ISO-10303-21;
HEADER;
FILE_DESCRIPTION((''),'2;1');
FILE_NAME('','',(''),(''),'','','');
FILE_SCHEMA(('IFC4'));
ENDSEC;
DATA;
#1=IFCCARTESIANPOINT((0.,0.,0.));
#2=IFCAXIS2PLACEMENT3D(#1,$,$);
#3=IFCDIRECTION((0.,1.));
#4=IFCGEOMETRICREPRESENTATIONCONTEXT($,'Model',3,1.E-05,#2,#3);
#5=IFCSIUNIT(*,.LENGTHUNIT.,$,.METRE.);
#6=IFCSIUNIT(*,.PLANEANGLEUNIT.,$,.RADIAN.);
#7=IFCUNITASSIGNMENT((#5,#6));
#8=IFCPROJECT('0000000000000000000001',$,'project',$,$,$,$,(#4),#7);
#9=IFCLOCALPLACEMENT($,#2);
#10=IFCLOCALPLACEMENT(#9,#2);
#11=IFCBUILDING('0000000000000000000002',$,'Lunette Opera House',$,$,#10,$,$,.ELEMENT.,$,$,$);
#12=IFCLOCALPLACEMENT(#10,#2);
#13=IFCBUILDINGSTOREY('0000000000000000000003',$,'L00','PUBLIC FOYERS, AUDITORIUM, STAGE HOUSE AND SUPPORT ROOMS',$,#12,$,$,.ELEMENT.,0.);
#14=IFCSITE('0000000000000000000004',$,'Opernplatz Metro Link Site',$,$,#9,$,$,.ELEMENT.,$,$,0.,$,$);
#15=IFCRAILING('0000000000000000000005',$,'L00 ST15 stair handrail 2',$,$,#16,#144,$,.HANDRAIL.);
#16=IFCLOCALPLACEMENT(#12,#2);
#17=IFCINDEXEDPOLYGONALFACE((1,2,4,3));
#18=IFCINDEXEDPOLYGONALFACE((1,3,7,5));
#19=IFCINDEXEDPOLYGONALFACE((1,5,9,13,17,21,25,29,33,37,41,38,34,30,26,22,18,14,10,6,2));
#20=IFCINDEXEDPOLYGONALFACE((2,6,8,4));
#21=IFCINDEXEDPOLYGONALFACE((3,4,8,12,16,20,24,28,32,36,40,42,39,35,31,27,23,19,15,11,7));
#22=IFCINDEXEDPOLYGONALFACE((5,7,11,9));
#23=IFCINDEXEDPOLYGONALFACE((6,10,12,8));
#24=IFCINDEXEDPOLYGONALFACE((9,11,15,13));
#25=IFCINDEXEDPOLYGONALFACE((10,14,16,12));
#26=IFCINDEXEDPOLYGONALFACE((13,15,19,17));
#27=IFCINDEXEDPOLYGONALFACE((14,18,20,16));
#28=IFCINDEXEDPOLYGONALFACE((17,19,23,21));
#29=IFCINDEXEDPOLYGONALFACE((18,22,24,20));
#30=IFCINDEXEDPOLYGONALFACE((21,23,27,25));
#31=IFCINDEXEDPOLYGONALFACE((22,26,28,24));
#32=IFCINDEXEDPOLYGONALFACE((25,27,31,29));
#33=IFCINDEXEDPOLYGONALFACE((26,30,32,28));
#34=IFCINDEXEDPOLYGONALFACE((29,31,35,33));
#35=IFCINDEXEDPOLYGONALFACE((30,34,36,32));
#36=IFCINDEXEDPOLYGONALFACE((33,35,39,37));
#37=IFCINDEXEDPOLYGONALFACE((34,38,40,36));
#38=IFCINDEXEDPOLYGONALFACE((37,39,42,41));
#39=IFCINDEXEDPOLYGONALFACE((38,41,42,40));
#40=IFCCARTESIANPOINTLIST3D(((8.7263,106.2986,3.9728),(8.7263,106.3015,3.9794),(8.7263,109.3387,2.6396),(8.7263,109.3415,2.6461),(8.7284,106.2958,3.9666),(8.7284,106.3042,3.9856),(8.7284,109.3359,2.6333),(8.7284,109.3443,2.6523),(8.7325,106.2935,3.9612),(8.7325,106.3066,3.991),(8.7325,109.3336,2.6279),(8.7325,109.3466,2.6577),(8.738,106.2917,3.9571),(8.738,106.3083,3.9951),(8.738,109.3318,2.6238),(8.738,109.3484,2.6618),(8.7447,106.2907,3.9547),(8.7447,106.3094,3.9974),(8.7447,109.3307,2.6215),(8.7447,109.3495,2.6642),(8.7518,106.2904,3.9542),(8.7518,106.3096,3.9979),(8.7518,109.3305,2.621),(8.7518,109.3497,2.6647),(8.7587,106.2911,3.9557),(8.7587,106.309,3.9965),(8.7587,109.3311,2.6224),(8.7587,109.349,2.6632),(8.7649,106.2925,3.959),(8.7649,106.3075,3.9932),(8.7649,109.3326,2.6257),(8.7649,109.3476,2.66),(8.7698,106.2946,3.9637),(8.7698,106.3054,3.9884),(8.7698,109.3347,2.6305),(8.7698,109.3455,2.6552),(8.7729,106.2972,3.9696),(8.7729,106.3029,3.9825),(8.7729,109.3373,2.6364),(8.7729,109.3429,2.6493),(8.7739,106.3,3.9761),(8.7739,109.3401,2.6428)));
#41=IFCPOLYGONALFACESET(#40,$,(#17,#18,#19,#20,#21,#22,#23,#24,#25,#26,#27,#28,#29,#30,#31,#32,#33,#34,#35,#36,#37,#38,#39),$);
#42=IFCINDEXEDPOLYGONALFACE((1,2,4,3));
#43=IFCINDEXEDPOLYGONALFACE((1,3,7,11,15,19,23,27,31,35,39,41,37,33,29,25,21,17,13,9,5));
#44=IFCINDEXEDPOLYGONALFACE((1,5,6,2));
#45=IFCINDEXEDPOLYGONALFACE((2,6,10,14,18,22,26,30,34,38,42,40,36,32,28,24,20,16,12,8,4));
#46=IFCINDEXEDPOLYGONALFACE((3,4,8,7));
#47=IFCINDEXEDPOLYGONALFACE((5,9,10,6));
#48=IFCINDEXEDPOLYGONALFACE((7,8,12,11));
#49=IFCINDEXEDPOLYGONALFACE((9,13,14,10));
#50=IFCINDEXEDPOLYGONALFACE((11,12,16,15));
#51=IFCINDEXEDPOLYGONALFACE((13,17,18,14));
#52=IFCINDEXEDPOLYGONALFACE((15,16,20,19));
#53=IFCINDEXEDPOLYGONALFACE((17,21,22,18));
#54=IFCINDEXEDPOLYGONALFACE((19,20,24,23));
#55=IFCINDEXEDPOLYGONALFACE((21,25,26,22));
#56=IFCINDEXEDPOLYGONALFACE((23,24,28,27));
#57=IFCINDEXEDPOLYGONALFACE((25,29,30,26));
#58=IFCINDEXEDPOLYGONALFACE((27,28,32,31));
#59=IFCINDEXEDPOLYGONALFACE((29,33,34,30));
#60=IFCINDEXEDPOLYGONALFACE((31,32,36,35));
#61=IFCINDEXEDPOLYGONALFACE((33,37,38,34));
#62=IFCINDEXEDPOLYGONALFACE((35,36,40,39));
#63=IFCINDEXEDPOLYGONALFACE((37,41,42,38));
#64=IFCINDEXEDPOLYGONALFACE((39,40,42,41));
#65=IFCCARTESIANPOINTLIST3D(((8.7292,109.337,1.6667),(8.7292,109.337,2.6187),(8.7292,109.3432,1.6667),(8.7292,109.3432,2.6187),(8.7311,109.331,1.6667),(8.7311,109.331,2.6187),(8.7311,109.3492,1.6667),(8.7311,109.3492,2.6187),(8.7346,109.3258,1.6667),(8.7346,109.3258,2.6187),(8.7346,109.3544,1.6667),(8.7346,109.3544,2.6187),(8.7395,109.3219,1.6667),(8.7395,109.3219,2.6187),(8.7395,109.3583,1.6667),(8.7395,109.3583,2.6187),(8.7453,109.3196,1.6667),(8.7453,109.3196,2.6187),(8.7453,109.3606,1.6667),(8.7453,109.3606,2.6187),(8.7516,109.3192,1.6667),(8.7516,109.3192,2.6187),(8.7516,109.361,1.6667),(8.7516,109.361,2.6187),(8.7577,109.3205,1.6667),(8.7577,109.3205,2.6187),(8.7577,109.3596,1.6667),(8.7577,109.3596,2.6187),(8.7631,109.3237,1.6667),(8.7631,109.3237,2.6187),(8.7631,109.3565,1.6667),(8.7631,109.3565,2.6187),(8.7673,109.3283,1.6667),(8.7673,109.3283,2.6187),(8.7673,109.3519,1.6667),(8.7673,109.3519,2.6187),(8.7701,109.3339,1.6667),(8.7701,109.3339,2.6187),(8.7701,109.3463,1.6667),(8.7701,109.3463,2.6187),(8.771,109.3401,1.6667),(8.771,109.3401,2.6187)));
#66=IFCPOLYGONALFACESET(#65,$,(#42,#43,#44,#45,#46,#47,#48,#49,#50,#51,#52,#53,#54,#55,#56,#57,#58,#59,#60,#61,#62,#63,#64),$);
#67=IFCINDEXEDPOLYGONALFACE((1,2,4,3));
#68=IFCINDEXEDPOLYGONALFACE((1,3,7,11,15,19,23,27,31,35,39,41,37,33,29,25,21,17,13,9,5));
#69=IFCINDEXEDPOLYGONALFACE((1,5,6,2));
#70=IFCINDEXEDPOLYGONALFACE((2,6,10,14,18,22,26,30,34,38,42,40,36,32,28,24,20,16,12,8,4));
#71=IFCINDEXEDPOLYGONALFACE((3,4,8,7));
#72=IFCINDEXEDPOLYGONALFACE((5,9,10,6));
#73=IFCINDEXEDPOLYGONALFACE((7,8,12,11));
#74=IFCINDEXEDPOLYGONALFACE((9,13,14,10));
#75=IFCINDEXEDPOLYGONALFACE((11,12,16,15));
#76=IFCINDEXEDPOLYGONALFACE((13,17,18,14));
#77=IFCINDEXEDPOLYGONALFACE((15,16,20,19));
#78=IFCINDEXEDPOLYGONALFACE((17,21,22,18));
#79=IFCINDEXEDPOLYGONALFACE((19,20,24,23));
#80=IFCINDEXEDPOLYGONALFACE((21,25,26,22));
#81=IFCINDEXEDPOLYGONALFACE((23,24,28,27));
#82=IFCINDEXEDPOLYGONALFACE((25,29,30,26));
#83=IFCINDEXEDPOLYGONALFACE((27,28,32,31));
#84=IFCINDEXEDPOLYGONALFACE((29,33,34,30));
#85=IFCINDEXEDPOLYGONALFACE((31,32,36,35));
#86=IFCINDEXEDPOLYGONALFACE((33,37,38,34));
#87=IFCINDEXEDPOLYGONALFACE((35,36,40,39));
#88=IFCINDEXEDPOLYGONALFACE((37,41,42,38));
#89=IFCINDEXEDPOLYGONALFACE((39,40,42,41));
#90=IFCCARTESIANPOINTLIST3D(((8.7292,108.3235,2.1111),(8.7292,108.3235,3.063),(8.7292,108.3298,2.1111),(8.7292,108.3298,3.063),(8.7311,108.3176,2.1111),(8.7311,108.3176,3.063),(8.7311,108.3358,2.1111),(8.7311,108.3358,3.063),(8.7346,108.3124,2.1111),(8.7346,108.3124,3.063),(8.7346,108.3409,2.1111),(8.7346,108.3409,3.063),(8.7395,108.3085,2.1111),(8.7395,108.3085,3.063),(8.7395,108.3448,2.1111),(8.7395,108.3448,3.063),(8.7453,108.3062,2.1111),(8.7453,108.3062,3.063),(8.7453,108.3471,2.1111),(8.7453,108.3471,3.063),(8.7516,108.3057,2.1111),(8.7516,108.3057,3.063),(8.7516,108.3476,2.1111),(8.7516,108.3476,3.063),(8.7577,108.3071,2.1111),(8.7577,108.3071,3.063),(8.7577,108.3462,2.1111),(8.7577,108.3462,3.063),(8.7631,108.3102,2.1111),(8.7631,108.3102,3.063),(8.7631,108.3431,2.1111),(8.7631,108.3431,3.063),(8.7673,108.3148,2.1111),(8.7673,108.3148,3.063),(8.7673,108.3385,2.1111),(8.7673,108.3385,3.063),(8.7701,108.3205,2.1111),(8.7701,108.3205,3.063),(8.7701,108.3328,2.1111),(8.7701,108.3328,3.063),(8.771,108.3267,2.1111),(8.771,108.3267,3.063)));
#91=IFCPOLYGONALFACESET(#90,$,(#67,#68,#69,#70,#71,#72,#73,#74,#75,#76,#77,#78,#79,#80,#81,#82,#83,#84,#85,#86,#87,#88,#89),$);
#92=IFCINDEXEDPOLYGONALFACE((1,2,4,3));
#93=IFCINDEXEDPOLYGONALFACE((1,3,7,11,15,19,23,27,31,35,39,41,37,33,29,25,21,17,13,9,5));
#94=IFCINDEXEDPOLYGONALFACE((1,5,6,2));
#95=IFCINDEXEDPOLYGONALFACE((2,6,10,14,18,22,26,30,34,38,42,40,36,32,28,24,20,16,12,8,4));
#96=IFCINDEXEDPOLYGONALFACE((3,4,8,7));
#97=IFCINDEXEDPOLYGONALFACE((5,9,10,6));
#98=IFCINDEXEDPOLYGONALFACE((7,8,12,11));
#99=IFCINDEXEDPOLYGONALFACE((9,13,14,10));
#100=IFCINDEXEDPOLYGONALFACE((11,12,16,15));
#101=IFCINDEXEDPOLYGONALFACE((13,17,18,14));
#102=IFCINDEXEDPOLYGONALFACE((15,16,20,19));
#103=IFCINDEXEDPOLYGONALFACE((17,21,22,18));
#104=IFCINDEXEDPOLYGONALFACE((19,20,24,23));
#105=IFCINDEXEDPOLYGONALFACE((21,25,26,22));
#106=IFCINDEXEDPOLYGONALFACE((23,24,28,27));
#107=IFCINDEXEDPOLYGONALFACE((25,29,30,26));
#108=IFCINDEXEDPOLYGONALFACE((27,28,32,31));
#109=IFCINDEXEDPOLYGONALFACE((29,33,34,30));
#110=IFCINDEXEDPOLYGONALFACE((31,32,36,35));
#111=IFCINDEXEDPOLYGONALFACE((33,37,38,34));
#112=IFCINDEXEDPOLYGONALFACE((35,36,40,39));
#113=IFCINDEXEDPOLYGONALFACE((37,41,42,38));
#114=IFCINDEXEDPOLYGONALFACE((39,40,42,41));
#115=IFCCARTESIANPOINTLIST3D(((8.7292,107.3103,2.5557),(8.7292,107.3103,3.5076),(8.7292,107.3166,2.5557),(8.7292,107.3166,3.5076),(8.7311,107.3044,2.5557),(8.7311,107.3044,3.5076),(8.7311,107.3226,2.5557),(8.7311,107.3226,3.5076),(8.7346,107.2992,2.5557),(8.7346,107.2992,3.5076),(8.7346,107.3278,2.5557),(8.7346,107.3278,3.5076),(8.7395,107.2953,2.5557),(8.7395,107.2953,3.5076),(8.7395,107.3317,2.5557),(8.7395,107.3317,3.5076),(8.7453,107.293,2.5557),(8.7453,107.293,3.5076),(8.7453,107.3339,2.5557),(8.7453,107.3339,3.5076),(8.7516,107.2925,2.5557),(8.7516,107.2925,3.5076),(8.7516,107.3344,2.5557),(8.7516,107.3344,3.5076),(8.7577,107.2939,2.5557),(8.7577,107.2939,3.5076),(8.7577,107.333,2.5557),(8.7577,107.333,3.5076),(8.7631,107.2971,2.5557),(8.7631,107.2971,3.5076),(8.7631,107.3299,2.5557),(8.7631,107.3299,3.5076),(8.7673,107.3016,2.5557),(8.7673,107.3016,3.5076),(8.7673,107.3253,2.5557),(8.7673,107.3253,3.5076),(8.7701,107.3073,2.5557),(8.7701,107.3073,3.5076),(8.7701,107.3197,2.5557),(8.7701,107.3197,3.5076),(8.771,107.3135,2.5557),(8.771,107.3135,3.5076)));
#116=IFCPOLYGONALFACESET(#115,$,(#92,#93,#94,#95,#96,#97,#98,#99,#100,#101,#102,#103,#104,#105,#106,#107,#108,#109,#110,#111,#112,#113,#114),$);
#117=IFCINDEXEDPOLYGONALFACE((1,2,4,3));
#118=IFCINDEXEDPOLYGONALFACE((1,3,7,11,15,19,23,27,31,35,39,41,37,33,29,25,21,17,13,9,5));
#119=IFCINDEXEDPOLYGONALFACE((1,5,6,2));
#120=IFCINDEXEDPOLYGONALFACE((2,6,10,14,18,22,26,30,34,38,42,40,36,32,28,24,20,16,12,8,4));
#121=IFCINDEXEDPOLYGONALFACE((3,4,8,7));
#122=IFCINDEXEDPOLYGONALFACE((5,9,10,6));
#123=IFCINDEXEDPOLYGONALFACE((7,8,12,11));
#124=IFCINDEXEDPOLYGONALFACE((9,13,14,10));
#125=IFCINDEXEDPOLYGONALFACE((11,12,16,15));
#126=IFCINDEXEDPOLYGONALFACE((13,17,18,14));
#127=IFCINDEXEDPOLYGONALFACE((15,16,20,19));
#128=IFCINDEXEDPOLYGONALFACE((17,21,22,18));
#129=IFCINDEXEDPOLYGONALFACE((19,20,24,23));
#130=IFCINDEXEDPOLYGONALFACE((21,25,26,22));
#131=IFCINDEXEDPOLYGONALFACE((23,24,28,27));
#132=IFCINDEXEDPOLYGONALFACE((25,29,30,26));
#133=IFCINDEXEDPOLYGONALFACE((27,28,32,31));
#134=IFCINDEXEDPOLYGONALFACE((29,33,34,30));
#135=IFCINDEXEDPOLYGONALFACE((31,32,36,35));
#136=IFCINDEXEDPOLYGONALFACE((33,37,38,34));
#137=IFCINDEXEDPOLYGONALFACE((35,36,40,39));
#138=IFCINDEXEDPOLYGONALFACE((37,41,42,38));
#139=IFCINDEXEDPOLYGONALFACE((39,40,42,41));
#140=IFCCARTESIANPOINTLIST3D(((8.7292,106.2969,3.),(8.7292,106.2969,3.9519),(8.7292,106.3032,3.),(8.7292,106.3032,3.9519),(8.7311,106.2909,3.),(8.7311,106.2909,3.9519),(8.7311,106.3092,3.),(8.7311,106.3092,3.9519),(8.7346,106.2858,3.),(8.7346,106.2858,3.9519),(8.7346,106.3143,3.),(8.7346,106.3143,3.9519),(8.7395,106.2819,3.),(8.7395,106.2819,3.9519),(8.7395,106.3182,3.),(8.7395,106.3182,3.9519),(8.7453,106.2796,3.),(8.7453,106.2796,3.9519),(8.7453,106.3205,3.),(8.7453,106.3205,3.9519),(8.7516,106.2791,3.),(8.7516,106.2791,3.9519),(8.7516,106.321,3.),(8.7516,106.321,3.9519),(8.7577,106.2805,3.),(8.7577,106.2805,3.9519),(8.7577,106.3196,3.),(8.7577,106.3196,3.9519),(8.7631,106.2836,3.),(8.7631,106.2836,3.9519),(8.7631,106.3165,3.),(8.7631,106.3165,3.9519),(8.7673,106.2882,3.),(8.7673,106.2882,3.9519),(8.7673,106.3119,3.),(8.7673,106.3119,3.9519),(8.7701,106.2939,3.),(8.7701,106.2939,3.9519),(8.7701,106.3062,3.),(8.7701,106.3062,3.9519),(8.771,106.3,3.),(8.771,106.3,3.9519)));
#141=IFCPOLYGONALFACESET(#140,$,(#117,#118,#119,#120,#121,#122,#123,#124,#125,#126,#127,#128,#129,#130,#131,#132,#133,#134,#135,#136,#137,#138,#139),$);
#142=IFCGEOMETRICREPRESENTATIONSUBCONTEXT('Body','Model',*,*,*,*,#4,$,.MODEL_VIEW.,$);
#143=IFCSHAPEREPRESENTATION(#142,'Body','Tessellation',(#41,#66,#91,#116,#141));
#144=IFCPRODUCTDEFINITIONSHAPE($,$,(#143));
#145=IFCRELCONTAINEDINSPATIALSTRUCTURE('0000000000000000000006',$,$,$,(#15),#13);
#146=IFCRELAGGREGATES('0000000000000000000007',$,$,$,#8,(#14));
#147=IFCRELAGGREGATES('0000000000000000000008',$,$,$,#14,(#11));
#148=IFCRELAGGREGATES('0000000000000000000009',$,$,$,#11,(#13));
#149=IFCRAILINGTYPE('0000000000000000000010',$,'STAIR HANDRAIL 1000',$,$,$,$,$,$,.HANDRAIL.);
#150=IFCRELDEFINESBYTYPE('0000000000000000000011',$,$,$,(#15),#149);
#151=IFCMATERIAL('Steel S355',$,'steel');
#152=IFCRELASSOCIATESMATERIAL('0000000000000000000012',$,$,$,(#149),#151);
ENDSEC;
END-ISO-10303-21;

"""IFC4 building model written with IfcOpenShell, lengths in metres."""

from ifc_helpers import new_model, si_unit, direction, frame, origin, origin_2d, place, context, subcontext, project, spatial, circle, extrude, material, type_object, element, save


model = new_model("IFC4")

# Units and contexts
model_context = context("Model", 3, precision=1e-05, world=origin(), true_north=direction((0.0, 1.0)))
body_context = subcontext(model_context, "Body", "Model", "MODEL_VIEW")
ifc_project = project(units=[si_unit("LENGTHUNIT", "METRE"), si_unit("PLANEANGLEUNIT", "RADIAN")], contexts=[model_context])

# Site, building, storey
site_placement = place(None, origin())
site = spatial("IfcSite", under=ifc_project, at=site_placement, Name="Opernplatz Metro Link Site", CompositionType="ELEMENT", RefElevation=0.0)
building_placement = place(site_placement, origin())
building = spatial("IfcBuilding", under=site, at=building_placement, Name="Lunette Opera House", CompositionType="ELEMENT")
storey_placement = place(building_placement, origin())
storey = spatial("IfcBuildingStorey", under=building, at=storey_placement, Name="L00", Description="PUBLIC FOYERS, AUDITORIUM, STAGE HOUSE AND SUPPORT ROOMS", CompositionType="ELEMENT", Elevation=0.0)

# Railing
ifc_material_1 = material(Name="Steel S355", Category="steel")
railing_type_1 = type_object("IfcRailingType", Name="STAIR HANDRAIL 1000", PredefinedType="HANDRAIL", material=ifc_material_1)
for number, where, name in (
    (1, (8.75, 109.3401, 1.6667), "L00 ST15 stair handrail 2"),
):
    element("IfcRailing", number, at=place(storey_placement, frame(where)), inside=storey, type_object=railing_type_1, Name=name, PredefinedType="HANDRAIL", context=body_context, shape_type="SweptSolid", body=[
        extrude(circle(Radius=0.0239, at=origin_2d()), frame((0.0, 0.0, 0.9761), z_axis=(0.0, -0.915799, 0.401637), x_axis=(1.0, 0.0, 0.0)), (0.0, 0.0, 1.0), 3.3196),
        extrude(circle(Radius=0.021, at=origin_2d()), origin(), (0.0, 0.0, 1.0), 0.9519),
        extrude(circle(Radius=0.021, at=origin_2d()), frame((0.0, -1.0134, 0.4443)), (0.0, 0.0, 1.0), 0.9519),
        extrude(circle(Radius=0.021, at=origin_2d()), frame((0.0, -2.0266, 0.8889)), (0.0, 0.0, 1.0), 0.9519),
        extrude(circle(Radius=0.021, at=origin_2d()), frame((0.0, -3.04, 1.3333)), (0.0, 0.0, 1.0), 0.9519),
    ])

save(model, "model.ifc")
